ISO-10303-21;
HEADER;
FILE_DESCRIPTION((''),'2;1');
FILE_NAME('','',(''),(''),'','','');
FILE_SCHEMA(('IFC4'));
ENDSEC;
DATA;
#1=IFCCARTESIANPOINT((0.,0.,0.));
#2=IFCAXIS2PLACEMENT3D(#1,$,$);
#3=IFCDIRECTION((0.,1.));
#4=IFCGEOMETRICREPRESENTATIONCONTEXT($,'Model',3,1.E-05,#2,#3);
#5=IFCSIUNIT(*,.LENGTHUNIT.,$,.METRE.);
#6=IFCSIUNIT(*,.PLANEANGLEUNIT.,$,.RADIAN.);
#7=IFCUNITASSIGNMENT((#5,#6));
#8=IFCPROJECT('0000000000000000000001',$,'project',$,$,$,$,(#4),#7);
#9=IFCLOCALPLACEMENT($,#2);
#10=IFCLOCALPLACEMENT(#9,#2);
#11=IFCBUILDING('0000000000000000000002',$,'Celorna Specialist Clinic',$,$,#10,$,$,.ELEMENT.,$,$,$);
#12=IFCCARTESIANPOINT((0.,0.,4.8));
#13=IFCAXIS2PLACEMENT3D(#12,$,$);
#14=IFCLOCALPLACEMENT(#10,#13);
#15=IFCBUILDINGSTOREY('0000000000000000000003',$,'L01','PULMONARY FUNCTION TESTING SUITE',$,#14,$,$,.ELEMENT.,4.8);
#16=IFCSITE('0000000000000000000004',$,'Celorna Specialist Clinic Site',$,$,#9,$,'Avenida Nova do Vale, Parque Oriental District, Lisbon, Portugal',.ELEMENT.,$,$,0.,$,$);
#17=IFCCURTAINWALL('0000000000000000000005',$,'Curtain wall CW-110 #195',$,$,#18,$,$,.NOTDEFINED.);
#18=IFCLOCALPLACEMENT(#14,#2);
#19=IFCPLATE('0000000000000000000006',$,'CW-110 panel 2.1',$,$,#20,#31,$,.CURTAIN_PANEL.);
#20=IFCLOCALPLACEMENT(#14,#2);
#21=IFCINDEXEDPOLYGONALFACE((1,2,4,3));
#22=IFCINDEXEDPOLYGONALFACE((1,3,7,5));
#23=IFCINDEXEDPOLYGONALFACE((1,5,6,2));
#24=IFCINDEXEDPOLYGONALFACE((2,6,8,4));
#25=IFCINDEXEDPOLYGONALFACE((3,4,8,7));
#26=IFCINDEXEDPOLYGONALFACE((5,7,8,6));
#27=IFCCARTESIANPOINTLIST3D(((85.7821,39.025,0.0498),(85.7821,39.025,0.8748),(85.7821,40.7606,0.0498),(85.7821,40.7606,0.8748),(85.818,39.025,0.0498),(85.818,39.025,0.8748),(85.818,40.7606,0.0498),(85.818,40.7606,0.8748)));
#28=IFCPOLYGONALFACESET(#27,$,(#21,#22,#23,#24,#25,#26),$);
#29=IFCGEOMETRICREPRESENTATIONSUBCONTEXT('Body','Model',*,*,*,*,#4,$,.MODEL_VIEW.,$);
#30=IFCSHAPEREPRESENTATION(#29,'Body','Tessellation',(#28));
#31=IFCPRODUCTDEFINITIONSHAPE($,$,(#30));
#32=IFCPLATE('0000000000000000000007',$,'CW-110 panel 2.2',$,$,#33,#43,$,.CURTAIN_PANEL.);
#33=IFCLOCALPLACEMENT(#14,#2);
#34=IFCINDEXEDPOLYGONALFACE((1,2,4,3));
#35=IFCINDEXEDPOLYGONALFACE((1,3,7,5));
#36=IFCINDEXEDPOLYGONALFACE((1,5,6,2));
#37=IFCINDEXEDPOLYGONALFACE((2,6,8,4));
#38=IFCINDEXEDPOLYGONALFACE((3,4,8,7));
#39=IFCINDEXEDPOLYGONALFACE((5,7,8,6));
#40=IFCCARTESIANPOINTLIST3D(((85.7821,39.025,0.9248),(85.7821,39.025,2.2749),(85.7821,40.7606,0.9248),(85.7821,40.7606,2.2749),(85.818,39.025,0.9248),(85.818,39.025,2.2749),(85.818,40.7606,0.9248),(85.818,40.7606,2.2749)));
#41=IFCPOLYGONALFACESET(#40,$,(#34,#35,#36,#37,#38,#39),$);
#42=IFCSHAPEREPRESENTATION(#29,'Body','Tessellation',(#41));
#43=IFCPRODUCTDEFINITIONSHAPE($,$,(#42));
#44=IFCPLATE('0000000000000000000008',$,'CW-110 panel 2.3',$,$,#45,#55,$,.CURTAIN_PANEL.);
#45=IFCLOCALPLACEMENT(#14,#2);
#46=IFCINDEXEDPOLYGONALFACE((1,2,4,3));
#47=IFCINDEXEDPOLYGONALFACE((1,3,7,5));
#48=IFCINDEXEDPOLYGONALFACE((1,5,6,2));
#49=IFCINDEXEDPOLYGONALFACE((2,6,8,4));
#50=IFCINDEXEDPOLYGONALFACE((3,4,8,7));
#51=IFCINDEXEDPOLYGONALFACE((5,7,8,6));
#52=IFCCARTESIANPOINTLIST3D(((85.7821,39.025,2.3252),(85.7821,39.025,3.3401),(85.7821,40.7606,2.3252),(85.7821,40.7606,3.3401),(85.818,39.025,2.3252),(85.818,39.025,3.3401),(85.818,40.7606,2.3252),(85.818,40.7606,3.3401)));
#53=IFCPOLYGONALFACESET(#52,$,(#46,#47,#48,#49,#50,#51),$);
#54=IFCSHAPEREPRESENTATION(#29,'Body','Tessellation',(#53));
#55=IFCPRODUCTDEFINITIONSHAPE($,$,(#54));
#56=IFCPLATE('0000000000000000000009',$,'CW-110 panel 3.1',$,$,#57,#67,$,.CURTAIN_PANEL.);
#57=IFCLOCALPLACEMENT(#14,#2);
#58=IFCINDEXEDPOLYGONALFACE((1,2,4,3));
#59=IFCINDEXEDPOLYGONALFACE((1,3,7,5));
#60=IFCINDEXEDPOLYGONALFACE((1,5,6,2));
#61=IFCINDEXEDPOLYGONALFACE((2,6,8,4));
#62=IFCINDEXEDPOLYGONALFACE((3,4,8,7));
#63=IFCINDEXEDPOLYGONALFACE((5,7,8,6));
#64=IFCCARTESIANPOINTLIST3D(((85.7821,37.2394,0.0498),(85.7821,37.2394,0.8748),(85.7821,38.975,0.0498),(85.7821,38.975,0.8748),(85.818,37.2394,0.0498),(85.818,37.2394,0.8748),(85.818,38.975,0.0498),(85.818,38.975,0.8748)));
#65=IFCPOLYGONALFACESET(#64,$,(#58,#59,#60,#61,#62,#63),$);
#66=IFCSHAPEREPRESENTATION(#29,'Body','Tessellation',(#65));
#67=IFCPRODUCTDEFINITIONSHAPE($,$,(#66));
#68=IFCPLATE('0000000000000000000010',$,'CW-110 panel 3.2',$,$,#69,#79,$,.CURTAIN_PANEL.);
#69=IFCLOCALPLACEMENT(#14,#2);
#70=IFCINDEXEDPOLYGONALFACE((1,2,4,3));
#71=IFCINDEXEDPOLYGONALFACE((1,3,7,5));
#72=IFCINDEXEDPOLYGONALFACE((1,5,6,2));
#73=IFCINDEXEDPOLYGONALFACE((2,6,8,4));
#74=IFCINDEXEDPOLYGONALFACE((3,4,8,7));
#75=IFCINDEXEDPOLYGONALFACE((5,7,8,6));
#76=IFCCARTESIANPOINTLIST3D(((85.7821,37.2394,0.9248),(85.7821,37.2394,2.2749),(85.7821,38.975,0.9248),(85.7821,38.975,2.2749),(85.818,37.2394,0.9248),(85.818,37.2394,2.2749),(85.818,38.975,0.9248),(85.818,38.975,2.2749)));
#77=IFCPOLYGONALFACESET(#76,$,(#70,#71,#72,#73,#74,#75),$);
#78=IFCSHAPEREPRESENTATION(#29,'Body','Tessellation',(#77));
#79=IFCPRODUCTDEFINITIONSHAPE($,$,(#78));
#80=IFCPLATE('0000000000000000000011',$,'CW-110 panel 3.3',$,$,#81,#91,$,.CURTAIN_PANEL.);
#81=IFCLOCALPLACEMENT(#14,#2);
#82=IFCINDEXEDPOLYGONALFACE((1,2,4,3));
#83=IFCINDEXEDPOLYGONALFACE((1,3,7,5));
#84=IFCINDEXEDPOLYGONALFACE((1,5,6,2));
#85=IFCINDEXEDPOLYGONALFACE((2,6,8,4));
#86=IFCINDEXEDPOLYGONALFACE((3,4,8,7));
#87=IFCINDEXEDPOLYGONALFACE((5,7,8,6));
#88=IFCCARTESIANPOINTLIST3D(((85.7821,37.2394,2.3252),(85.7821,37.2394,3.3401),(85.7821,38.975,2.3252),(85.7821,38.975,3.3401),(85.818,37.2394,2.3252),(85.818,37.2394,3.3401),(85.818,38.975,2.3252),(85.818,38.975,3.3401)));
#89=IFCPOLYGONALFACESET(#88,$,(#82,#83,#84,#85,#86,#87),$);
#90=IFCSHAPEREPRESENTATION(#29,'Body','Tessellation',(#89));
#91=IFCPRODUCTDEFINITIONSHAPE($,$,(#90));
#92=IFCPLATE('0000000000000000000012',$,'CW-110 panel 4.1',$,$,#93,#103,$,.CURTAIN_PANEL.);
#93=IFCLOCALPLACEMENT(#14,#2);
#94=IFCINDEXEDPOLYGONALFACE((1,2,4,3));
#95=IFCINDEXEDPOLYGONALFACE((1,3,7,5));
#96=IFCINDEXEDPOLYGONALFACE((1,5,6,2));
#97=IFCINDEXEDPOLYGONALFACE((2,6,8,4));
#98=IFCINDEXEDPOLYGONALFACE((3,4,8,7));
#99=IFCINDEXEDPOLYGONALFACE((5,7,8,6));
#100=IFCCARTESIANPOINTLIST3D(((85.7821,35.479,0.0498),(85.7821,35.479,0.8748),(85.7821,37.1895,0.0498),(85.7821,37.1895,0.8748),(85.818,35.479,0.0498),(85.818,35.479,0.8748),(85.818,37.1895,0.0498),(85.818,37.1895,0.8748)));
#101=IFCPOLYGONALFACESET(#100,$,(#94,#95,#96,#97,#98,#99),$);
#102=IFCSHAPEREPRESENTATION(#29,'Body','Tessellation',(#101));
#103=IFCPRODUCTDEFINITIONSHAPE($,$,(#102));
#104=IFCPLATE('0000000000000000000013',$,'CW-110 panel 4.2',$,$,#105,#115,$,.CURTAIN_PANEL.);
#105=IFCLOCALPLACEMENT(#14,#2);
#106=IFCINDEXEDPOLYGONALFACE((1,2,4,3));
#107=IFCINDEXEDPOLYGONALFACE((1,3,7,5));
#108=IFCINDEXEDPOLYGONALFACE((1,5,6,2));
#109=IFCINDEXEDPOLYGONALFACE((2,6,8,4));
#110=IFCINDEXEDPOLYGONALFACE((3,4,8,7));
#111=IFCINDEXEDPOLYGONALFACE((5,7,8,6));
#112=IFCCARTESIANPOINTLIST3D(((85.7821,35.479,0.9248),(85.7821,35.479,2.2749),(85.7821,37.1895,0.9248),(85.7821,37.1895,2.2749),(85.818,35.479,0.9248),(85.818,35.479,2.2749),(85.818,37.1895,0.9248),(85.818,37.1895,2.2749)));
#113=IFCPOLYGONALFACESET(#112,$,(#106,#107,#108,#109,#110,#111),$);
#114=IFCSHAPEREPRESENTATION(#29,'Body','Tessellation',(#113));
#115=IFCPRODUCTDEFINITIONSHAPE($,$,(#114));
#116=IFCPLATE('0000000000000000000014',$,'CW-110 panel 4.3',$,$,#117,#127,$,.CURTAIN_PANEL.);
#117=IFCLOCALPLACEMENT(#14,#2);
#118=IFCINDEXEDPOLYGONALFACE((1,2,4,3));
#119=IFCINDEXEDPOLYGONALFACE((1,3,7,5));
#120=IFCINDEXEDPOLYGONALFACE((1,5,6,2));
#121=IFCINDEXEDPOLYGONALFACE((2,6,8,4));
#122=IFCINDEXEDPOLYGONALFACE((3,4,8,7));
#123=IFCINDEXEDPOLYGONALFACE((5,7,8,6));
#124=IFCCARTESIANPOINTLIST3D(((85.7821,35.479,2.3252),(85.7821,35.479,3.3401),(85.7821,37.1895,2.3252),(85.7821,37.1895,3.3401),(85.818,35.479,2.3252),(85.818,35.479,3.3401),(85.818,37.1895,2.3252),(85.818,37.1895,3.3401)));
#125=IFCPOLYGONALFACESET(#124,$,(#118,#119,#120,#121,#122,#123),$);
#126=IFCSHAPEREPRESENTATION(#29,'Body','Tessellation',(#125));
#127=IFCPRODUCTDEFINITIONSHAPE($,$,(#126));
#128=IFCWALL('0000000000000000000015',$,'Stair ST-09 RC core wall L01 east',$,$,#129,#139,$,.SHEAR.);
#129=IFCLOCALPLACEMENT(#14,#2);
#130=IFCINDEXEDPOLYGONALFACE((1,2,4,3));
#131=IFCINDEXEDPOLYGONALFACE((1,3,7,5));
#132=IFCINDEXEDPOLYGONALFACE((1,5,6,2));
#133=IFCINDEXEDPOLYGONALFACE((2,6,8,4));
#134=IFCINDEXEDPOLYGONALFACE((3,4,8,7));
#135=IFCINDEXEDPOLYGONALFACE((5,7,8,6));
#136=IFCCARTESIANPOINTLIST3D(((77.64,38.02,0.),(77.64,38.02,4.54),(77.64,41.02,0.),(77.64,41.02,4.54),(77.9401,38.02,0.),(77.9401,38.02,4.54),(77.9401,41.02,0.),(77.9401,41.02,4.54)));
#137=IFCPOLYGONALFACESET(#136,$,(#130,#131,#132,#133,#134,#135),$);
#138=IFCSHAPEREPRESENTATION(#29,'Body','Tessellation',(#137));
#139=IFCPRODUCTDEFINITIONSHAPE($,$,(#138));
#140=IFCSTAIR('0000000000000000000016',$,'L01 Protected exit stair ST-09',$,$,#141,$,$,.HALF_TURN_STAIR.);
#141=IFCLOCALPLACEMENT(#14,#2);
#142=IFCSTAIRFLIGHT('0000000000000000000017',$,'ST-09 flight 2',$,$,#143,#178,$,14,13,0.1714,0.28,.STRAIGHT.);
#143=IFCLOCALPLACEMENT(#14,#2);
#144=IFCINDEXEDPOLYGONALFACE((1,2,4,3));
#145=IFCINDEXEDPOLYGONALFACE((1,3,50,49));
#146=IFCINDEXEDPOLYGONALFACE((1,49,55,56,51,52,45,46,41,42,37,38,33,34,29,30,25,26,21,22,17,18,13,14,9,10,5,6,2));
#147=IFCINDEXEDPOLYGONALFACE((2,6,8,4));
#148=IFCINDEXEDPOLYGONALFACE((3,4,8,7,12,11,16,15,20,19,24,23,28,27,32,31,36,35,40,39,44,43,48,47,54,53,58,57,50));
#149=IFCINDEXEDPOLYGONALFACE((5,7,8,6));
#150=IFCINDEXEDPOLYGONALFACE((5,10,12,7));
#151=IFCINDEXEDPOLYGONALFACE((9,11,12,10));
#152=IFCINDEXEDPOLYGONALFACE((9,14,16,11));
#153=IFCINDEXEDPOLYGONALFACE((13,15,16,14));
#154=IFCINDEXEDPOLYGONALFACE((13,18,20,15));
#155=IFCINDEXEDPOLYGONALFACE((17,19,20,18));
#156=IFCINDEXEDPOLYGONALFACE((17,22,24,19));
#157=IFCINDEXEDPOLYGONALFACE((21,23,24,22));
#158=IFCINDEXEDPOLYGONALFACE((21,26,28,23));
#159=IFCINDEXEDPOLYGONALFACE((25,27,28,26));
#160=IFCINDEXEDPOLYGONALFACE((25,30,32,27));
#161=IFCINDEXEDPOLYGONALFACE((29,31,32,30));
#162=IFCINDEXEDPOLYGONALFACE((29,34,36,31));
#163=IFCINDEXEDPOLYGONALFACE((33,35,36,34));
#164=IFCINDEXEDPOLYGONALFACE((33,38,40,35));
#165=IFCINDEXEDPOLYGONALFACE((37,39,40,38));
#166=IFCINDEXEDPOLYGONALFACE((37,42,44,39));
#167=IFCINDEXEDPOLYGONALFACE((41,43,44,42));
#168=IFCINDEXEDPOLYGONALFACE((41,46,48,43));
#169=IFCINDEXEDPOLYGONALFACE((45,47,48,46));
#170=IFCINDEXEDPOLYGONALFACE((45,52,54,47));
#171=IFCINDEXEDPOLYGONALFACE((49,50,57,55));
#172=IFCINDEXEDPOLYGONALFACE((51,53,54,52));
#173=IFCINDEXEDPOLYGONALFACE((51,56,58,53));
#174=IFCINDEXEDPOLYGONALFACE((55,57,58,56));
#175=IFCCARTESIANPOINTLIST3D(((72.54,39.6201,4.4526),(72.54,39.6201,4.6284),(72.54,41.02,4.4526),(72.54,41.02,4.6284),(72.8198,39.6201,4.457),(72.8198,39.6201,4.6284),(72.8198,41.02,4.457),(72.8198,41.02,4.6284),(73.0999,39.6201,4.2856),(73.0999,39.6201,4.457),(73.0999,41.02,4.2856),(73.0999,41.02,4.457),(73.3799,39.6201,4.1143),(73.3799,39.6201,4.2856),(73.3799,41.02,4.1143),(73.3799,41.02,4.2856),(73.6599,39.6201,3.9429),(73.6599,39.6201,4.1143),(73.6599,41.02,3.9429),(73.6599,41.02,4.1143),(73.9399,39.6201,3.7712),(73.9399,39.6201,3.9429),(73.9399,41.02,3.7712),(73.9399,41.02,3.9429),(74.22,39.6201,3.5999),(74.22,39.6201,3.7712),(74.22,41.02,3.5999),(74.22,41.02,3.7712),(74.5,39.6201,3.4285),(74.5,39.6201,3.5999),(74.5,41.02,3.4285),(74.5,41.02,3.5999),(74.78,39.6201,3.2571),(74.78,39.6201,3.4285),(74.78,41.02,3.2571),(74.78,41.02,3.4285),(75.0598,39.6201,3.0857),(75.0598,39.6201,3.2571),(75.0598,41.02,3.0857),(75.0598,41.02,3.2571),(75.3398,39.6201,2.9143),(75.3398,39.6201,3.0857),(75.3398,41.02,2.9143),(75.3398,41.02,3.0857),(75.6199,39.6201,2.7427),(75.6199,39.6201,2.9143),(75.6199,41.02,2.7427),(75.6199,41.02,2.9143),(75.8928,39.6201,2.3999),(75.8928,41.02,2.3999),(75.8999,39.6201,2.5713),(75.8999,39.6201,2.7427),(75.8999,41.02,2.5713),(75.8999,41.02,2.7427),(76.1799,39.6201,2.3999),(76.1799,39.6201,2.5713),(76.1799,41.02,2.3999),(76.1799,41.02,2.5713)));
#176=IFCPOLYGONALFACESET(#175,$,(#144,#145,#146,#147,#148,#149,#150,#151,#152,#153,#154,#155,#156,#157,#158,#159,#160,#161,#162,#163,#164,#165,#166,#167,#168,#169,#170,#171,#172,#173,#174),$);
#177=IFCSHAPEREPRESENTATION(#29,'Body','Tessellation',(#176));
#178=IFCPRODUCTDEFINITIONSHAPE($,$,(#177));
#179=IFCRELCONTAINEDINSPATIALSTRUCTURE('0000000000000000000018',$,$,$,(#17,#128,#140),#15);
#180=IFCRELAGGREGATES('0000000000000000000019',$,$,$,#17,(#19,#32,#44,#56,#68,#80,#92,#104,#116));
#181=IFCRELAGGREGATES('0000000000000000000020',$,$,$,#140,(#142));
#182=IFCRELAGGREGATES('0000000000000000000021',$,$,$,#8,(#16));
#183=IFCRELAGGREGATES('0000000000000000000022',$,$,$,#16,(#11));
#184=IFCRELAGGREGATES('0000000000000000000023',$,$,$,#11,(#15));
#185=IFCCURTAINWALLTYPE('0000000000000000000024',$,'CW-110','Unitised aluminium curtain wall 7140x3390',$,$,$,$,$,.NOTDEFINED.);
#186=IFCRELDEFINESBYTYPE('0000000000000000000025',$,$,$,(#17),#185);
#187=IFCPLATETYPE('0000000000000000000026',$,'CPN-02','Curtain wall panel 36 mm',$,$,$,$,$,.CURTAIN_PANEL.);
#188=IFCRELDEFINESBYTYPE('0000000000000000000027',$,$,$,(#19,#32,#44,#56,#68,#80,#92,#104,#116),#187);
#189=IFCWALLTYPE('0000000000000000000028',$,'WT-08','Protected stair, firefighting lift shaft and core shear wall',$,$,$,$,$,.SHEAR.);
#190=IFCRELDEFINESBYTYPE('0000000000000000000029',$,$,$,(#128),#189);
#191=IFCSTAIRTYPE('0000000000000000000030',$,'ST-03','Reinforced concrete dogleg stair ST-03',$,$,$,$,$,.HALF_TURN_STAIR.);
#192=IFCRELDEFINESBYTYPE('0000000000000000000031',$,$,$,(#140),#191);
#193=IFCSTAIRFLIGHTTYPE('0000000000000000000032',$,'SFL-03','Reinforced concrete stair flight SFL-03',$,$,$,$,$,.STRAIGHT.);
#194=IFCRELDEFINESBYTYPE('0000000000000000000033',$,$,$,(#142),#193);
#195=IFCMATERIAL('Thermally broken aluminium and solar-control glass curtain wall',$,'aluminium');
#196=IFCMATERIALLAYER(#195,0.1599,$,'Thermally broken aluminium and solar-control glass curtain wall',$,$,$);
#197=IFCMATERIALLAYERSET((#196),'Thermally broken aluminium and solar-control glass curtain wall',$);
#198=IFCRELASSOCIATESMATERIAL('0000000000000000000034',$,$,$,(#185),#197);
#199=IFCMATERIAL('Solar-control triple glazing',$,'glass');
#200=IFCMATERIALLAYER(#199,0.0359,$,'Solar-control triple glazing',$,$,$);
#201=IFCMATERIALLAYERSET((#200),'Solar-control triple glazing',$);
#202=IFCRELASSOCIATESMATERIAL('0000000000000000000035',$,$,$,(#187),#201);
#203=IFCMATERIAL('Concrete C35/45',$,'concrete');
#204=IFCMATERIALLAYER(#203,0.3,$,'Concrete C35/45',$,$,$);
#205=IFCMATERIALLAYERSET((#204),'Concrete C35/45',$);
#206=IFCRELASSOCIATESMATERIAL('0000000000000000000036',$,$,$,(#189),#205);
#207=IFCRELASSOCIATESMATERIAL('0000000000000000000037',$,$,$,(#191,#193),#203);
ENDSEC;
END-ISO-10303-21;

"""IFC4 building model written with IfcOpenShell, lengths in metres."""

from ifc_helpers import new_model, si_unit, direction, frame, frame_2d, origin, origin_2d, place, context, subcontext, project, spatial, polyline, rectangle, outline, extrude, material, layer, layer_set, type_object, element, aggregate, save


model = new_model("IFC4")

# Units and contexts
model_context = context("Model", 3, precision=1e-05, world=origin(), true_north=direction((0.0, 1.0)))
body_context = subcontext(model_context, "Body", "Model", "MODEL_VIEW")
ifc_project = project(units=[si_unit("LENGTHUNIT", "METRE"), si_unit("PLANEANGLEUNIT", "RADIAN")], contexts=[model_context])

# Site, building, storey
site_placement = place(None, origin())
site = spatial("IfcSite", under=ifc_project, at=site_placement, Name="Celorna Specialist Clinic Site", LongName="Avenida Nova do Vale, Parque Oriental District, Lisbon, Portugal", CompositionType="ELEMENT", RefElevation=0.0)
building_placement = place(site_placement, origin())
building = spatial("IfcBuilding", under=site, at=building_placement, Name="Celorna Specialist Clinic", CompositionType="ELEMENT")
storey_placement = place(building_placement, frame((0.0, 0.0, 4.8)))
storey = spatial("IfcBuildingStorey", under=building, at=storey_placement, Name="L01", Description="PULMONARY FUNCTION TESTING SUITE", CompositionType="ELEMENT", Elevation=4.8)

# Shared definitions
ifc_material_1 = material(Name="Concrete C35/45", Category="concrete")

# Shared definitions
ifc_material_2 = material(Name="Thermally broken aluminium and solar-control glass curtain wall", Category="aluminium")

# Curtain wall
ifc_layer_1 = layer(ifc_material_2, 0.1599, Name="Thermally broken aluminium and solar-control glass curtain wall")
ifc_layer_set_1 = layer_set([ifc_layer_1], Name="Thermally broken aluminium and solar-control glass curtain wall")
curtain_wall_type_1 = type_object("IfcCurtainWallType", Name="CW-110", Description="Unitised aluminium curtain wall 7140x3390", PredefinedType="NOTDEFINED", material=ifc_layer_set_1)
curtain_wall_1_placement = place(storey_placement, origin())
curtain_wall_1 = element("IfcCurtainWall", 1, at=curtain_wall_1_placement, inside=storey, type_object=curtain_wall_type_1, Name="Curtain wall CW-110 #195", PredefinedType="NOTDEFINED")

# Plates
ifc_material_3 = material(Name="Solar-control triple glazing", Category="glass")
ifc_layer_2 = layer(ifc_material_3, 0.0359, Name="Solar-control triple glazing")
ifc_layer_set_2 = layer_set([ifc_layer_2], Name="Solar-control triple glazing")
plate_type = type_object("IfcPlateType", Name="CPN-02", Description="Curtain wall panel 36 mm", PredefinedType="CURTAIN_PANEL", material=ifc_layer_set_2)
plate_1_placement = place(storey_placement, frame((85.8, 39.8928, 0.0498), z_axis=(0.0, 0.0, 1.0), x_axis=(0.0, -1.0, 0.0)))
plate_1 = element("IfcPlate", 2, at=plate_1_placement, type_object=plate_type, Name="CW-110 panel 2.1", PredefinedType="CURTAIN_PANEL", context=body_context, shape_type="SweptSolid", body=[
    extrude(rectangle(XDim=1.7356, YDim=0.0359, at=origin_2d()), origin(), (0.0, 0.0, 1.0), 0.825),
])
plate_2_placement = place(storey_placement, frame((85.8, 39.8928, 0.9248), z_axis=(0.0, 0.0, 1.0), x_axis=(0.0, -1.0, 0.0)))
plate_2 = element("IfcPlate", 3, at=plate_2_placement, type_object=plate_type, Name="CW-110 panel 2.2", PredefinedType="CURTAIN_PANEL", context=body_context, shape_type="SweptSolid", body=[
    extrude(rectangle(XDim=1.7356, YDim=0.0359, at=origin_2d()), origin(), (0.0, 0.0, 1.0), 1.3501),
])
plate_3_placement = place(storey_placement, frame((85.8, 39.8928, 2.3252), z_axis=(0.0, 0.0, 1.0), x_axis=(0.0, -1.0, 0.0)))
plate_3 = element("IfcPlate", 4, at=plate_3_placement, type_object=plate_type, Name="CW-110 panel 2.3", PredefinedType="CURTAIN_PANEL", context=body_context, shape_type="SweptSolid", body=[
    extrude(rectangle(XDim=1.7356, YDim=0.0359, at=origin_2d()), origin(), (0.0, 0.0, 1.0), 1.0149),
])
plate_4_placement = place(storey_placement, frame((85.8, 38.1072, 0.0498), z_axis=(0.0, 0.0, 1.0), x_axis=(0.0, -1.0, 0.0)))
plate_4 = element("IfcPlate", 5, at=plate_4_placement, type_object=plate_type, Name="CW-110 panel 3.1", PredefinedType="CURTAIN_PANEL", context=body_context, shape_type="SweptSolid", body=[
    extrude(rectangle(XDim=1.7356, YDim=0.0359, at=origin_2d()), origin(), (0.0, 0.0, 1.0), 0.825),
])
plate_5_placement = place(storey_placement, frame((85.8, 38.1072, 0.9248), z_axis=(0.0, 0.0, 1.0), x_axis=(0.0, -1.0, 0.0)))
plate_5 = element("IfcPlate", 6, at=plate_5_placement, type_object=plate_type, Name="CW-110 panel 3.2", PredefinedType="CURTAIN_PANEL", context=body_context, shape_type="SweptSolid", body=[
    extrude(rectangle(XDim=1.7356, YDim=0.0359, at=origin_2d()), origin(), (0.0, 0.0, 1.0), 1.3501),
])
plate_6_placement = place(storey_placement, frame((85.8, 38.1072, 2.3252), z_axis=(0.0, 0.0, 1.0), x_axis=(0.0, -1.0, 0.0)))
plate_6 = element("IfcPlate", 7, at=plate_6_placement, type_object=plate_type, Name="CW-110 panel 3.3", PredefinedType="CURTAIN_PANEL", context=body_context, shape_type="SweptSolid", body=[
    extrude(rectangle(XDim=1.7356, YDim=0.0359, at=origin_2d()), origin(), (0.0, 0.0, 1.0), 1.0149),
])
plate_7_placement = place(storey_placement, frame((85.8, 36.3342, 0.0498), z_axis=(0.0, 0.0, 1.0), x_axis=(0.0, -1.0, 0.0)))
plate_7 = element("IfcPlate", 8, at=plate_7_placement, type_object=plate_type, Name="CW-110 panel 4.1", PredefinedType="CURTAIN_PANEL", context=body_context, shape_type="SweptSolid", body=[
    extrude(rectangle(XDim=1.7104, YDim=0.0359, at=origin_2d()), origin(), (0.0, 0.0, 1.0), 0.825),
])
plate_8_placement = place(storey_placement, frame((85.8, 36.3342, 0.9248), z_axis=(0.0, 0.0, 1.0), x_axis=(0.0, -1.0, 0.0)))
plate_8 = element("IfcPlate", 9, at=plate_8_placement, type_object=plate_type, Name="CW-110 panel 4.2", PredefinedType="CURTAIN_PANEL", context=body_context, shape_type="SweptSolid", body=[
    extrude(rectangle(XDim=1.7104, YDim=0.0359, at=origin_2d()), origin(), (0.0, 0.0, 1.0), 1.3501),
])
plate_9_placement = place(storey_placement, frame((85.8, 36.3342, 2.3252), z_axis=(0.0, 0.0, 1.0), x_axis=(0.0, -1.0, 0.0)))
plate_9 = element("IfcPlate", 10, at=plate_9_placement, type_object=plate_type, Name="CW-110 panel 4.3", PredefinedType="CURTAIN_PANEL", context=body_context, shape_type="SweptSolid", body=[
    extrude(rectangle(XDim=1.7104, YDim=0.0359, at=origin_2d()), origin(), (0.0, 0.0, 1.0), 1.0149),
])
aggregate(curtain_wall_1, [plate_1, plate_2, plate_3, plate_4, plate_5, plate_6, plate_7, plate_8, plate_9])

# Wall
ifc_layer_3 = layer(ifc_material_1, 0.3, Name="Concrete C35/45")
ifc_layer_set_3 = layer_set([ifc_layer_3], Name="Concrete C35/45")
wall_type = type_object("IfcWallType", Name="WT-08", Description="Protected stair, firefighting lift shaft and core shear wall", PredefinedType="SHEAR", material=ifc_layer_set_3)
wall_placement = place(storey_placement, frame((77.79, 38.02, 0.0), z_axis=(0.0, 0.0, 1.0), x_axis=(0.0, 1.0, 0.0)))
element("IfcWall", 11, at=wall_placement, inside=storey, type_object=wall_type, Name="Stair ST-09 RC core wall L01 east", PredefinedType="SHEAR", context=body_context, shape_type="SweptSolid", body=[
    extrude(rectangle(XDim=3.0, YDim=0.3, at=frame_2d((1.5, 0.0))), origin(), (0.0, 0.0, 1.0), 4.54),
])

# Stair, stair flight
stair_type = type_object("IfcStairType", Name="ST-03", Description="Reinforced concrete dogleg stair ST-03", PredefinedType="HALF_TURN_STAIR", material=ifc_material_1)
stair_placement = place(storey_placement, origin())
stair = element("IfcStair", 12, at=stair_placement, inside=storey, type_object=stair_type, Name="L01 Protected exit stair ST-09", PredefinedType="HALF_TURN_STAIR")
stair_flight_type = type_object("IfcStairFlightType", Name="SFL-03", Description="Reinforced concrete stair flight SFL-03", PredefinedType="STRAIGHT", material=ifc_material_1)
stair_flight_placement = place(storey_placement, frame((76.1799, 40.3201, 2.3999), z_axis=(0.0, 0.0, 1.0), x_axis=(-1.0, 0.0, 0.0)))
stair_flight = element("IfcStairFlight", 13, at=stair_flight_placement, type_object=stair_flight_type, Name="ST-09 flight 2", NumberOfRisers=14, NumberOfTreads=13, PredefinedType="STRAIGHT", RiserHeight=0.1714, TreadLength=0.28, context=body_context, shape_type="SweptSolid", body=[
    extrude(outline(polyline([(0.0, 0.0), (0.0, 0.1714), (0.28, 0.1714), (0.28, 0.3428), (0.5601, 0.3428), (0.5601, 0.5144), (0.8401, 0.5144), (0.8401, 0.6858), (1.1201, 0.6858), (1.1201, 0.8572), (1.3999, 0.8572), (1.3999, 1.0286), (1.6799, 1.0286), (1.6799, 1.2), (1.96, 1.2), (1.96, 1.3713), (2.24, 1.3713), (2.24, 1.543), (2.52, 1.543), (2.52, 1.7144), (2.8, 1.7144), (2.8, 1.8857), (3.0801, 1.8857), (3.0801, 2.0571), (3.3601, 2.0571), (3.3601, 2.2285), (3.6399, 2.2285), (3.6399, 2.3999), (3.6399, 2.0527), (0.2871, 0.0), (0.0, 0.0)])), frame((0.0, 0.7, 0.0), z_axis=(0.0, -1.0, 0.0), x_axis=(1.0, 0.0, 0.0)), (0.0, 0.0, 1.0), 1.3999),
])
aggregate(stair, [stair_flight])

save(model, "model.ifc")
